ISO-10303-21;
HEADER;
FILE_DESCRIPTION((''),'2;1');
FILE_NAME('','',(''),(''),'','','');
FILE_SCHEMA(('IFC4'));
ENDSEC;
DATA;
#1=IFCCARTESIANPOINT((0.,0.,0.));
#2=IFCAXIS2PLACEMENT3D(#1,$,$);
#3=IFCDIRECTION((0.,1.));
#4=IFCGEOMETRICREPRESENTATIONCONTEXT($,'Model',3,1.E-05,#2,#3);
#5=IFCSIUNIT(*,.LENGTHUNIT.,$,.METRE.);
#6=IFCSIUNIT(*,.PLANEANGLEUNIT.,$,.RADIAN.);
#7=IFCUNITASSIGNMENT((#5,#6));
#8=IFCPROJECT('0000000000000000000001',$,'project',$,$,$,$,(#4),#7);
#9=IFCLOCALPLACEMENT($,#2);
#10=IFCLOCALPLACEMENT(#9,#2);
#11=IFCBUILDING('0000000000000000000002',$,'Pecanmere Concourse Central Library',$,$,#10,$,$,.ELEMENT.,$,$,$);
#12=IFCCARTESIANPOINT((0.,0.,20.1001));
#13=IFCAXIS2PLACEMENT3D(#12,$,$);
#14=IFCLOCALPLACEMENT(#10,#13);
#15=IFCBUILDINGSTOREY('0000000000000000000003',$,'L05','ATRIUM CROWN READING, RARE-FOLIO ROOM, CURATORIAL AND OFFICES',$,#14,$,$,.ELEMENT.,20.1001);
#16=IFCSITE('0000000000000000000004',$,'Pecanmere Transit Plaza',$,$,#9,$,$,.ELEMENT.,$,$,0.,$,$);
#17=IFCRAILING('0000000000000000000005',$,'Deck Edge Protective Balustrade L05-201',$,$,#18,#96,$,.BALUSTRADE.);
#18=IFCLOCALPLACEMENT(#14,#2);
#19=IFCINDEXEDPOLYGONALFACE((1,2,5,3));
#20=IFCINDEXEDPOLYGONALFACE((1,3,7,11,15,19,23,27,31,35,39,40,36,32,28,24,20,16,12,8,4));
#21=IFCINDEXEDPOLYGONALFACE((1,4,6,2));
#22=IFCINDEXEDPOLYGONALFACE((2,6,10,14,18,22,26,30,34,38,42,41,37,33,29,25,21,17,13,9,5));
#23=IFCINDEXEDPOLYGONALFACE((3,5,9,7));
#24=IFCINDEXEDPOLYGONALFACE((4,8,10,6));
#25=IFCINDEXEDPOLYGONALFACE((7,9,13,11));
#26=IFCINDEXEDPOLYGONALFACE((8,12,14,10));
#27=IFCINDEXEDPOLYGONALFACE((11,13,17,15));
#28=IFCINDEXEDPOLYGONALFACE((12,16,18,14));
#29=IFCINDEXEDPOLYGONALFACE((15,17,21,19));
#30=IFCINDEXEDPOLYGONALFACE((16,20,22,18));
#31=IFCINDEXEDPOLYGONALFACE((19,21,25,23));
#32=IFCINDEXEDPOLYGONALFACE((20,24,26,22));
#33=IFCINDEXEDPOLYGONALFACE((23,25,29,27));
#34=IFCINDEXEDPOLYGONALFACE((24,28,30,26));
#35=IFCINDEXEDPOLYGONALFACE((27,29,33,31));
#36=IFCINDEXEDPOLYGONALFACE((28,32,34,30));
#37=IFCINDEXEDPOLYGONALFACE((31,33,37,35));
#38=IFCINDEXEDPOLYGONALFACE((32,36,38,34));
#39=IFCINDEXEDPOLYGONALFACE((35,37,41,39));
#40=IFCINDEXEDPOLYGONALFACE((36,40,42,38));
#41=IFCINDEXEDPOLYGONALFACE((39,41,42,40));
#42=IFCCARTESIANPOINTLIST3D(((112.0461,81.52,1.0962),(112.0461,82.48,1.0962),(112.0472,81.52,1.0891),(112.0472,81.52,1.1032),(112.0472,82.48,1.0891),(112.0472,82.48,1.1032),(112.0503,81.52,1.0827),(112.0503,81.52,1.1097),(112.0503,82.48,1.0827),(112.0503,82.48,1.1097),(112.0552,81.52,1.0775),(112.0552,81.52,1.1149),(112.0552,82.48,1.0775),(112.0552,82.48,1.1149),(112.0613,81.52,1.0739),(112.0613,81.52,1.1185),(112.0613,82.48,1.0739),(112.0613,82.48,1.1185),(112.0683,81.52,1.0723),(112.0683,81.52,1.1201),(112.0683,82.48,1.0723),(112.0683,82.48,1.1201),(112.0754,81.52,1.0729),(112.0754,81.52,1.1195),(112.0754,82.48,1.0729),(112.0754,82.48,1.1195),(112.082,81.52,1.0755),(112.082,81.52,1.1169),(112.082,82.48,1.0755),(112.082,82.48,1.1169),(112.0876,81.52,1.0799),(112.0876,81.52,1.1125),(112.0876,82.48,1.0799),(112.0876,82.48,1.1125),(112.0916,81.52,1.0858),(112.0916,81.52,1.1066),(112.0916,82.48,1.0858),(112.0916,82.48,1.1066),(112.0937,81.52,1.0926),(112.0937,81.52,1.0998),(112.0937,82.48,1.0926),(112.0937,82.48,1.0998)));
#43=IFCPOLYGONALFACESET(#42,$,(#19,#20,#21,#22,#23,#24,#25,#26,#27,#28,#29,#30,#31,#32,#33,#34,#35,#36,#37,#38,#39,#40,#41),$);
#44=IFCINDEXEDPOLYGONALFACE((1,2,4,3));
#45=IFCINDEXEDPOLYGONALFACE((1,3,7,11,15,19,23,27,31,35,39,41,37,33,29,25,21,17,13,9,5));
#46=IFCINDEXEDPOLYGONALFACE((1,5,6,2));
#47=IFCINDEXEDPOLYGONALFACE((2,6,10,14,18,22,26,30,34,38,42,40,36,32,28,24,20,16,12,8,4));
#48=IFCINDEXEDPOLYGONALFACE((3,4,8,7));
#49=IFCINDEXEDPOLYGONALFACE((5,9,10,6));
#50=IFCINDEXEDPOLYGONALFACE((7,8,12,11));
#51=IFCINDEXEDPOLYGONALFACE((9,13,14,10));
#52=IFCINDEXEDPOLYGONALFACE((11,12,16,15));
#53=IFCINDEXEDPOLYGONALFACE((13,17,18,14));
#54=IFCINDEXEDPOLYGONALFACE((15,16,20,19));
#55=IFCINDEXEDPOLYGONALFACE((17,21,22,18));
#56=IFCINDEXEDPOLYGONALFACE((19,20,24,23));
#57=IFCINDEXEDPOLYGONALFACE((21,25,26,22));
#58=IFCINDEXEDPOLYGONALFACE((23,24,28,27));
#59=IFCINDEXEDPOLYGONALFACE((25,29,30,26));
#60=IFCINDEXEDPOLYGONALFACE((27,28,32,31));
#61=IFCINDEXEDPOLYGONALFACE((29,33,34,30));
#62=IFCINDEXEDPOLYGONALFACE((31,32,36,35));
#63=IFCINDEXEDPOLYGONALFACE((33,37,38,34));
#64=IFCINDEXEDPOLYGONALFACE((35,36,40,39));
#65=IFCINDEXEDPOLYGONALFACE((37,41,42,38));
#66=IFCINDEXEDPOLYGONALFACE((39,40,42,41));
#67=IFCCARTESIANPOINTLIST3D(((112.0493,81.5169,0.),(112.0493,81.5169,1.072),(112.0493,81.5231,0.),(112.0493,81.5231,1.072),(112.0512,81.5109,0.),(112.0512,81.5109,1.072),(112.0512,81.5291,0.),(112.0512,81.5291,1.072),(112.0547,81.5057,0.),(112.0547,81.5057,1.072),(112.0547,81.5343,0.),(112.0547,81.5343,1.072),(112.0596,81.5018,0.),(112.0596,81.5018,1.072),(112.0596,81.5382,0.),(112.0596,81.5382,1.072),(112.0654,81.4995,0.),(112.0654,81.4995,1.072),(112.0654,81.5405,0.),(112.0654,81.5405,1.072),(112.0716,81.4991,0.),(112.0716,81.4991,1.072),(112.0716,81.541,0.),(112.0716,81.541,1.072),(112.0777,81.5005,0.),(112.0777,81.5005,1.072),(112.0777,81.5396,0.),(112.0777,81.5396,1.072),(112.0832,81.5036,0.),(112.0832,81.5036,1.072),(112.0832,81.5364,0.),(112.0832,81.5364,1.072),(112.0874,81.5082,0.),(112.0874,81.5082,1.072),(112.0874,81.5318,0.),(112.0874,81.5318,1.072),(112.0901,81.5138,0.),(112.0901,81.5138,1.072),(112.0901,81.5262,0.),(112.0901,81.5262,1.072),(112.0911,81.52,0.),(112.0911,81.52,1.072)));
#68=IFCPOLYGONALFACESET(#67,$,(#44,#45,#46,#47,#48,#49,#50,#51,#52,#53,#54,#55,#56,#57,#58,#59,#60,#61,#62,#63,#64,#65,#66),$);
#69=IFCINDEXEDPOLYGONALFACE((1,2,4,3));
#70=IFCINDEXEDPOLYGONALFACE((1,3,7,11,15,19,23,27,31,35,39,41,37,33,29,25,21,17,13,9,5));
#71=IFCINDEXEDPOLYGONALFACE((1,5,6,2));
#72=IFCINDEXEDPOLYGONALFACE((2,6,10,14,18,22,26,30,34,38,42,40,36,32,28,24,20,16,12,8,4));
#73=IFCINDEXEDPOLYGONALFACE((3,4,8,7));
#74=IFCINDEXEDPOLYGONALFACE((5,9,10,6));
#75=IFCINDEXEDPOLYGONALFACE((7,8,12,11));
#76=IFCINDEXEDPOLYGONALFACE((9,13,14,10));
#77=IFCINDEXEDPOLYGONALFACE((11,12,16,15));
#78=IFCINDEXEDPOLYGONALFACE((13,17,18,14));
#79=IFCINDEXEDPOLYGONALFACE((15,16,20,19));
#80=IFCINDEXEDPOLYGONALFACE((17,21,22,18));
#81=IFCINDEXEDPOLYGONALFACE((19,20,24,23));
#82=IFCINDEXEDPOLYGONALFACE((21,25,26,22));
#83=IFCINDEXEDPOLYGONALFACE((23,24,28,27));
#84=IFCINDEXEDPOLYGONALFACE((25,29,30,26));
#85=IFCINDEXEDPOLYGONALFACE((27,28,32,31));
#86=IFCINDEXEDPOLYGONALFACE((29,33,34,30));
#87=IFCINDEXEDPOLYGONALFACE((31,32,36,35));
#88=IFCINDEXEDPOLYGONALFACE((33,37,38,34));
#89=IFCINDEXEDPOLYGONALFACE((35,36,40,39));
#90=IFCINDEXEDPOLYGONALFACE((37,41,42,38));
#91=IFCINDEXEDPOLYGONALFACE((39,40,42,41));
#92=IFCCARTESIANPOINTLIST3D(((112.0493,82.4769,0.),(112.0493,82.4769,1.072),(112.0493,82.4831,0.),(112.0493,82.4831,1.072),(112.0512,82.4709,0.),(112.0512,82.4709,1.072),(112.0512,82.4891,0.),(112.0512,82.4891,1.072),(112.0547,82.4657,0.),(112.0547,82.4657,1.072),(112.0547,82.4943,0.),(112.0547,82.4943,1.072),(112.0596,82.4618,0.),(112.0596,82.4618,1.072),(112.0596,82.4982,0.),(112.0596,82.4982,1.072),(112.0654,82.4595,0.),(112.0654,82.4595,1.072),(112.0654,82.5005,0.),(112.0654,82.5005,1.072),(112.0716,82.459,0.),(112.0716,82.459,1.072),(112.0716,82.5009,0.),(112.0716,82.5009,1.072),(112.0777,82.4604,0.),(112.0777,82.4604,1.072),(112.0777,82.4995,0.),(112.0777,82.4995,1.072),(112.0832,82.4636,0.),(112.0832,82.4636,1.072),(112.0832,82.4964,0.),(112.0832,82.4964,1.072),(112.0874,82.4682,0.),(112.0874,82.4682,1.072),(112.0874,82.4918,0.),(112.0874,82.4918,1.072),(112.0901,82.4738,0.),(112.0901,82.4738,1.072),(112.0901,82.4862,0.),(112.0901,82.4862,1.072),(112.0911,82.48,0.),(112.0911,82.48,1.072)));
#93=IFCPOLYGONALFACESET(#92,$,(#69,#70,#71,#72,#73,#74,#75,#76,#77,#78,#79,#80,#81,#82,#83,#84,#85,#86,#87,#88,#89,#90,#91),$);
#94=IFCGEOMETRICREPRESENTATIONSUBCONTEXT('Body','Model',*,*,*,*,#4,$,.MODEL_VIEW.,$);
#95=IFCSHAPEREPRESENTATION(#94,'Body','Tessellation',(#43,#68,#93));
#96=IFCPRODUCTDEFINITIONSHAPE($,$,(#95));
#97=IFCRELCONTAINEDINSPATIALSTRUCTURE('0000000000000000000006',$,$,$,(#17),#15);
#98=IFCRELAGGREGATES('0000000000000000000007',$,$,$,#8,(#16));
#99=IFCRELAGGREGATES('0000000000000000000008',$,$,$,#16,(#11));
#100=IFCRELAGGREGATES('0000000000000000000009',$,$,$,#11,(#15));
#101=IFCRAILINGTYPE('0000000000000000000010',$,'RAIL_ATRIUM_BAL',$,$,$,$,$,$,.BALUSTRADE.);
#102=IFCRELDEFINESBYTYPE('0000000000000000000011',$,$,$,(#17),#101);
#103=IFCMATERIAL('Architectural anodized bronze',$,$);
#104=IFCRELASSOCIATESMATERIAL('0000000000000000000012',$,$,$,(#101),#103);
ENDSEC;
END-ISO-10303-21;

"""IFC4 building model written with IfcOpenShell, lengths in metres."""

from ifc_helpers import new_model, si_unit, direction, frame, origin, origin_2d, place, context, subcontext, project, spatial, circle, extrude, material, type_object, element, save


model = new_model("IFC4")

# Units and contexts
model_context = context("Model", 3, precision=1e-05, world=origin(), true_north=direction((0.0, 1.0)))
body_context = subcontext(model_context, "Body", "Model", "MODEL_VIEW")
ifc_project = project(units=[si_unit("LENGTHUNIT", "METRE"), si_unit("PLANEANGLEUNIT", "RADIAN")], contexts=[model_context])

# Site, building, storey
site_placement = place(None, origin())
site = spatial("IfcSite", under=ifc_project, at=site_placement, Name="Pecanmere Transit Plaza", CompositionType="ELEMENT", RefElevation=0.0)
building_placement = place(site_placement, origin())
building = spatial("IfcBuilding", under=site, at=building_placement, Name="Pecanmere Concourse Central Library", CompositionType="ELEMENT")
storey_placement = place(building_placement, frame((0.0, 0.0, 20.1001)))
storey = spatial("IfcBuildingStorey", under=building, at=storey_placement, Name="L05", Description="ATRIUM CROWN READING, RARE-FOLIO ROOM, CURATORIAL AND OFFICES", CompositionType="ELEMENT", Elevation=20.1001)

# Railing
ifc_material_1 = material(Name="Architectural anodized bronze")
railing_type = type_object("IfcRailingType", Name="RAIL_ATRIUM_BAL", PredefinedType="BALUSTRADE", material=ifc_material_1)
railing_placement = place(storey_placement, frame((112.0701, 81.52, 0.0)))
element("IfcRailing", 1, at=railing_placement, inside=storey, type_object=railing_type, Name="Deck Edge Protective Balustrade L05-201", PredefinedType="BALUSTRADE", context=body_context, shape_type="SweptSolid", body=[
    extrude(circle(Radius=0.0239, at=origin_2d()), frame((0.0, 0.0, 1.0962), z_axis=(0.0, 1.0, 0.0), x_axis=(-1.0, 0.0, 0.0)), (0.0, 0.0, 1.0), 0.96),
    extrude(circle(Radius=0.021, at=origin_2d()), origin(), (0.0, 0.0, 1.0), 1.072),
    extrude(circle(Radius=0.021, at=origin_2d()), frame((0.0, 0.96, 0.0)), (0.0, 0.0, 1.0), 1.072),
])

save(model, "model.ifc")
